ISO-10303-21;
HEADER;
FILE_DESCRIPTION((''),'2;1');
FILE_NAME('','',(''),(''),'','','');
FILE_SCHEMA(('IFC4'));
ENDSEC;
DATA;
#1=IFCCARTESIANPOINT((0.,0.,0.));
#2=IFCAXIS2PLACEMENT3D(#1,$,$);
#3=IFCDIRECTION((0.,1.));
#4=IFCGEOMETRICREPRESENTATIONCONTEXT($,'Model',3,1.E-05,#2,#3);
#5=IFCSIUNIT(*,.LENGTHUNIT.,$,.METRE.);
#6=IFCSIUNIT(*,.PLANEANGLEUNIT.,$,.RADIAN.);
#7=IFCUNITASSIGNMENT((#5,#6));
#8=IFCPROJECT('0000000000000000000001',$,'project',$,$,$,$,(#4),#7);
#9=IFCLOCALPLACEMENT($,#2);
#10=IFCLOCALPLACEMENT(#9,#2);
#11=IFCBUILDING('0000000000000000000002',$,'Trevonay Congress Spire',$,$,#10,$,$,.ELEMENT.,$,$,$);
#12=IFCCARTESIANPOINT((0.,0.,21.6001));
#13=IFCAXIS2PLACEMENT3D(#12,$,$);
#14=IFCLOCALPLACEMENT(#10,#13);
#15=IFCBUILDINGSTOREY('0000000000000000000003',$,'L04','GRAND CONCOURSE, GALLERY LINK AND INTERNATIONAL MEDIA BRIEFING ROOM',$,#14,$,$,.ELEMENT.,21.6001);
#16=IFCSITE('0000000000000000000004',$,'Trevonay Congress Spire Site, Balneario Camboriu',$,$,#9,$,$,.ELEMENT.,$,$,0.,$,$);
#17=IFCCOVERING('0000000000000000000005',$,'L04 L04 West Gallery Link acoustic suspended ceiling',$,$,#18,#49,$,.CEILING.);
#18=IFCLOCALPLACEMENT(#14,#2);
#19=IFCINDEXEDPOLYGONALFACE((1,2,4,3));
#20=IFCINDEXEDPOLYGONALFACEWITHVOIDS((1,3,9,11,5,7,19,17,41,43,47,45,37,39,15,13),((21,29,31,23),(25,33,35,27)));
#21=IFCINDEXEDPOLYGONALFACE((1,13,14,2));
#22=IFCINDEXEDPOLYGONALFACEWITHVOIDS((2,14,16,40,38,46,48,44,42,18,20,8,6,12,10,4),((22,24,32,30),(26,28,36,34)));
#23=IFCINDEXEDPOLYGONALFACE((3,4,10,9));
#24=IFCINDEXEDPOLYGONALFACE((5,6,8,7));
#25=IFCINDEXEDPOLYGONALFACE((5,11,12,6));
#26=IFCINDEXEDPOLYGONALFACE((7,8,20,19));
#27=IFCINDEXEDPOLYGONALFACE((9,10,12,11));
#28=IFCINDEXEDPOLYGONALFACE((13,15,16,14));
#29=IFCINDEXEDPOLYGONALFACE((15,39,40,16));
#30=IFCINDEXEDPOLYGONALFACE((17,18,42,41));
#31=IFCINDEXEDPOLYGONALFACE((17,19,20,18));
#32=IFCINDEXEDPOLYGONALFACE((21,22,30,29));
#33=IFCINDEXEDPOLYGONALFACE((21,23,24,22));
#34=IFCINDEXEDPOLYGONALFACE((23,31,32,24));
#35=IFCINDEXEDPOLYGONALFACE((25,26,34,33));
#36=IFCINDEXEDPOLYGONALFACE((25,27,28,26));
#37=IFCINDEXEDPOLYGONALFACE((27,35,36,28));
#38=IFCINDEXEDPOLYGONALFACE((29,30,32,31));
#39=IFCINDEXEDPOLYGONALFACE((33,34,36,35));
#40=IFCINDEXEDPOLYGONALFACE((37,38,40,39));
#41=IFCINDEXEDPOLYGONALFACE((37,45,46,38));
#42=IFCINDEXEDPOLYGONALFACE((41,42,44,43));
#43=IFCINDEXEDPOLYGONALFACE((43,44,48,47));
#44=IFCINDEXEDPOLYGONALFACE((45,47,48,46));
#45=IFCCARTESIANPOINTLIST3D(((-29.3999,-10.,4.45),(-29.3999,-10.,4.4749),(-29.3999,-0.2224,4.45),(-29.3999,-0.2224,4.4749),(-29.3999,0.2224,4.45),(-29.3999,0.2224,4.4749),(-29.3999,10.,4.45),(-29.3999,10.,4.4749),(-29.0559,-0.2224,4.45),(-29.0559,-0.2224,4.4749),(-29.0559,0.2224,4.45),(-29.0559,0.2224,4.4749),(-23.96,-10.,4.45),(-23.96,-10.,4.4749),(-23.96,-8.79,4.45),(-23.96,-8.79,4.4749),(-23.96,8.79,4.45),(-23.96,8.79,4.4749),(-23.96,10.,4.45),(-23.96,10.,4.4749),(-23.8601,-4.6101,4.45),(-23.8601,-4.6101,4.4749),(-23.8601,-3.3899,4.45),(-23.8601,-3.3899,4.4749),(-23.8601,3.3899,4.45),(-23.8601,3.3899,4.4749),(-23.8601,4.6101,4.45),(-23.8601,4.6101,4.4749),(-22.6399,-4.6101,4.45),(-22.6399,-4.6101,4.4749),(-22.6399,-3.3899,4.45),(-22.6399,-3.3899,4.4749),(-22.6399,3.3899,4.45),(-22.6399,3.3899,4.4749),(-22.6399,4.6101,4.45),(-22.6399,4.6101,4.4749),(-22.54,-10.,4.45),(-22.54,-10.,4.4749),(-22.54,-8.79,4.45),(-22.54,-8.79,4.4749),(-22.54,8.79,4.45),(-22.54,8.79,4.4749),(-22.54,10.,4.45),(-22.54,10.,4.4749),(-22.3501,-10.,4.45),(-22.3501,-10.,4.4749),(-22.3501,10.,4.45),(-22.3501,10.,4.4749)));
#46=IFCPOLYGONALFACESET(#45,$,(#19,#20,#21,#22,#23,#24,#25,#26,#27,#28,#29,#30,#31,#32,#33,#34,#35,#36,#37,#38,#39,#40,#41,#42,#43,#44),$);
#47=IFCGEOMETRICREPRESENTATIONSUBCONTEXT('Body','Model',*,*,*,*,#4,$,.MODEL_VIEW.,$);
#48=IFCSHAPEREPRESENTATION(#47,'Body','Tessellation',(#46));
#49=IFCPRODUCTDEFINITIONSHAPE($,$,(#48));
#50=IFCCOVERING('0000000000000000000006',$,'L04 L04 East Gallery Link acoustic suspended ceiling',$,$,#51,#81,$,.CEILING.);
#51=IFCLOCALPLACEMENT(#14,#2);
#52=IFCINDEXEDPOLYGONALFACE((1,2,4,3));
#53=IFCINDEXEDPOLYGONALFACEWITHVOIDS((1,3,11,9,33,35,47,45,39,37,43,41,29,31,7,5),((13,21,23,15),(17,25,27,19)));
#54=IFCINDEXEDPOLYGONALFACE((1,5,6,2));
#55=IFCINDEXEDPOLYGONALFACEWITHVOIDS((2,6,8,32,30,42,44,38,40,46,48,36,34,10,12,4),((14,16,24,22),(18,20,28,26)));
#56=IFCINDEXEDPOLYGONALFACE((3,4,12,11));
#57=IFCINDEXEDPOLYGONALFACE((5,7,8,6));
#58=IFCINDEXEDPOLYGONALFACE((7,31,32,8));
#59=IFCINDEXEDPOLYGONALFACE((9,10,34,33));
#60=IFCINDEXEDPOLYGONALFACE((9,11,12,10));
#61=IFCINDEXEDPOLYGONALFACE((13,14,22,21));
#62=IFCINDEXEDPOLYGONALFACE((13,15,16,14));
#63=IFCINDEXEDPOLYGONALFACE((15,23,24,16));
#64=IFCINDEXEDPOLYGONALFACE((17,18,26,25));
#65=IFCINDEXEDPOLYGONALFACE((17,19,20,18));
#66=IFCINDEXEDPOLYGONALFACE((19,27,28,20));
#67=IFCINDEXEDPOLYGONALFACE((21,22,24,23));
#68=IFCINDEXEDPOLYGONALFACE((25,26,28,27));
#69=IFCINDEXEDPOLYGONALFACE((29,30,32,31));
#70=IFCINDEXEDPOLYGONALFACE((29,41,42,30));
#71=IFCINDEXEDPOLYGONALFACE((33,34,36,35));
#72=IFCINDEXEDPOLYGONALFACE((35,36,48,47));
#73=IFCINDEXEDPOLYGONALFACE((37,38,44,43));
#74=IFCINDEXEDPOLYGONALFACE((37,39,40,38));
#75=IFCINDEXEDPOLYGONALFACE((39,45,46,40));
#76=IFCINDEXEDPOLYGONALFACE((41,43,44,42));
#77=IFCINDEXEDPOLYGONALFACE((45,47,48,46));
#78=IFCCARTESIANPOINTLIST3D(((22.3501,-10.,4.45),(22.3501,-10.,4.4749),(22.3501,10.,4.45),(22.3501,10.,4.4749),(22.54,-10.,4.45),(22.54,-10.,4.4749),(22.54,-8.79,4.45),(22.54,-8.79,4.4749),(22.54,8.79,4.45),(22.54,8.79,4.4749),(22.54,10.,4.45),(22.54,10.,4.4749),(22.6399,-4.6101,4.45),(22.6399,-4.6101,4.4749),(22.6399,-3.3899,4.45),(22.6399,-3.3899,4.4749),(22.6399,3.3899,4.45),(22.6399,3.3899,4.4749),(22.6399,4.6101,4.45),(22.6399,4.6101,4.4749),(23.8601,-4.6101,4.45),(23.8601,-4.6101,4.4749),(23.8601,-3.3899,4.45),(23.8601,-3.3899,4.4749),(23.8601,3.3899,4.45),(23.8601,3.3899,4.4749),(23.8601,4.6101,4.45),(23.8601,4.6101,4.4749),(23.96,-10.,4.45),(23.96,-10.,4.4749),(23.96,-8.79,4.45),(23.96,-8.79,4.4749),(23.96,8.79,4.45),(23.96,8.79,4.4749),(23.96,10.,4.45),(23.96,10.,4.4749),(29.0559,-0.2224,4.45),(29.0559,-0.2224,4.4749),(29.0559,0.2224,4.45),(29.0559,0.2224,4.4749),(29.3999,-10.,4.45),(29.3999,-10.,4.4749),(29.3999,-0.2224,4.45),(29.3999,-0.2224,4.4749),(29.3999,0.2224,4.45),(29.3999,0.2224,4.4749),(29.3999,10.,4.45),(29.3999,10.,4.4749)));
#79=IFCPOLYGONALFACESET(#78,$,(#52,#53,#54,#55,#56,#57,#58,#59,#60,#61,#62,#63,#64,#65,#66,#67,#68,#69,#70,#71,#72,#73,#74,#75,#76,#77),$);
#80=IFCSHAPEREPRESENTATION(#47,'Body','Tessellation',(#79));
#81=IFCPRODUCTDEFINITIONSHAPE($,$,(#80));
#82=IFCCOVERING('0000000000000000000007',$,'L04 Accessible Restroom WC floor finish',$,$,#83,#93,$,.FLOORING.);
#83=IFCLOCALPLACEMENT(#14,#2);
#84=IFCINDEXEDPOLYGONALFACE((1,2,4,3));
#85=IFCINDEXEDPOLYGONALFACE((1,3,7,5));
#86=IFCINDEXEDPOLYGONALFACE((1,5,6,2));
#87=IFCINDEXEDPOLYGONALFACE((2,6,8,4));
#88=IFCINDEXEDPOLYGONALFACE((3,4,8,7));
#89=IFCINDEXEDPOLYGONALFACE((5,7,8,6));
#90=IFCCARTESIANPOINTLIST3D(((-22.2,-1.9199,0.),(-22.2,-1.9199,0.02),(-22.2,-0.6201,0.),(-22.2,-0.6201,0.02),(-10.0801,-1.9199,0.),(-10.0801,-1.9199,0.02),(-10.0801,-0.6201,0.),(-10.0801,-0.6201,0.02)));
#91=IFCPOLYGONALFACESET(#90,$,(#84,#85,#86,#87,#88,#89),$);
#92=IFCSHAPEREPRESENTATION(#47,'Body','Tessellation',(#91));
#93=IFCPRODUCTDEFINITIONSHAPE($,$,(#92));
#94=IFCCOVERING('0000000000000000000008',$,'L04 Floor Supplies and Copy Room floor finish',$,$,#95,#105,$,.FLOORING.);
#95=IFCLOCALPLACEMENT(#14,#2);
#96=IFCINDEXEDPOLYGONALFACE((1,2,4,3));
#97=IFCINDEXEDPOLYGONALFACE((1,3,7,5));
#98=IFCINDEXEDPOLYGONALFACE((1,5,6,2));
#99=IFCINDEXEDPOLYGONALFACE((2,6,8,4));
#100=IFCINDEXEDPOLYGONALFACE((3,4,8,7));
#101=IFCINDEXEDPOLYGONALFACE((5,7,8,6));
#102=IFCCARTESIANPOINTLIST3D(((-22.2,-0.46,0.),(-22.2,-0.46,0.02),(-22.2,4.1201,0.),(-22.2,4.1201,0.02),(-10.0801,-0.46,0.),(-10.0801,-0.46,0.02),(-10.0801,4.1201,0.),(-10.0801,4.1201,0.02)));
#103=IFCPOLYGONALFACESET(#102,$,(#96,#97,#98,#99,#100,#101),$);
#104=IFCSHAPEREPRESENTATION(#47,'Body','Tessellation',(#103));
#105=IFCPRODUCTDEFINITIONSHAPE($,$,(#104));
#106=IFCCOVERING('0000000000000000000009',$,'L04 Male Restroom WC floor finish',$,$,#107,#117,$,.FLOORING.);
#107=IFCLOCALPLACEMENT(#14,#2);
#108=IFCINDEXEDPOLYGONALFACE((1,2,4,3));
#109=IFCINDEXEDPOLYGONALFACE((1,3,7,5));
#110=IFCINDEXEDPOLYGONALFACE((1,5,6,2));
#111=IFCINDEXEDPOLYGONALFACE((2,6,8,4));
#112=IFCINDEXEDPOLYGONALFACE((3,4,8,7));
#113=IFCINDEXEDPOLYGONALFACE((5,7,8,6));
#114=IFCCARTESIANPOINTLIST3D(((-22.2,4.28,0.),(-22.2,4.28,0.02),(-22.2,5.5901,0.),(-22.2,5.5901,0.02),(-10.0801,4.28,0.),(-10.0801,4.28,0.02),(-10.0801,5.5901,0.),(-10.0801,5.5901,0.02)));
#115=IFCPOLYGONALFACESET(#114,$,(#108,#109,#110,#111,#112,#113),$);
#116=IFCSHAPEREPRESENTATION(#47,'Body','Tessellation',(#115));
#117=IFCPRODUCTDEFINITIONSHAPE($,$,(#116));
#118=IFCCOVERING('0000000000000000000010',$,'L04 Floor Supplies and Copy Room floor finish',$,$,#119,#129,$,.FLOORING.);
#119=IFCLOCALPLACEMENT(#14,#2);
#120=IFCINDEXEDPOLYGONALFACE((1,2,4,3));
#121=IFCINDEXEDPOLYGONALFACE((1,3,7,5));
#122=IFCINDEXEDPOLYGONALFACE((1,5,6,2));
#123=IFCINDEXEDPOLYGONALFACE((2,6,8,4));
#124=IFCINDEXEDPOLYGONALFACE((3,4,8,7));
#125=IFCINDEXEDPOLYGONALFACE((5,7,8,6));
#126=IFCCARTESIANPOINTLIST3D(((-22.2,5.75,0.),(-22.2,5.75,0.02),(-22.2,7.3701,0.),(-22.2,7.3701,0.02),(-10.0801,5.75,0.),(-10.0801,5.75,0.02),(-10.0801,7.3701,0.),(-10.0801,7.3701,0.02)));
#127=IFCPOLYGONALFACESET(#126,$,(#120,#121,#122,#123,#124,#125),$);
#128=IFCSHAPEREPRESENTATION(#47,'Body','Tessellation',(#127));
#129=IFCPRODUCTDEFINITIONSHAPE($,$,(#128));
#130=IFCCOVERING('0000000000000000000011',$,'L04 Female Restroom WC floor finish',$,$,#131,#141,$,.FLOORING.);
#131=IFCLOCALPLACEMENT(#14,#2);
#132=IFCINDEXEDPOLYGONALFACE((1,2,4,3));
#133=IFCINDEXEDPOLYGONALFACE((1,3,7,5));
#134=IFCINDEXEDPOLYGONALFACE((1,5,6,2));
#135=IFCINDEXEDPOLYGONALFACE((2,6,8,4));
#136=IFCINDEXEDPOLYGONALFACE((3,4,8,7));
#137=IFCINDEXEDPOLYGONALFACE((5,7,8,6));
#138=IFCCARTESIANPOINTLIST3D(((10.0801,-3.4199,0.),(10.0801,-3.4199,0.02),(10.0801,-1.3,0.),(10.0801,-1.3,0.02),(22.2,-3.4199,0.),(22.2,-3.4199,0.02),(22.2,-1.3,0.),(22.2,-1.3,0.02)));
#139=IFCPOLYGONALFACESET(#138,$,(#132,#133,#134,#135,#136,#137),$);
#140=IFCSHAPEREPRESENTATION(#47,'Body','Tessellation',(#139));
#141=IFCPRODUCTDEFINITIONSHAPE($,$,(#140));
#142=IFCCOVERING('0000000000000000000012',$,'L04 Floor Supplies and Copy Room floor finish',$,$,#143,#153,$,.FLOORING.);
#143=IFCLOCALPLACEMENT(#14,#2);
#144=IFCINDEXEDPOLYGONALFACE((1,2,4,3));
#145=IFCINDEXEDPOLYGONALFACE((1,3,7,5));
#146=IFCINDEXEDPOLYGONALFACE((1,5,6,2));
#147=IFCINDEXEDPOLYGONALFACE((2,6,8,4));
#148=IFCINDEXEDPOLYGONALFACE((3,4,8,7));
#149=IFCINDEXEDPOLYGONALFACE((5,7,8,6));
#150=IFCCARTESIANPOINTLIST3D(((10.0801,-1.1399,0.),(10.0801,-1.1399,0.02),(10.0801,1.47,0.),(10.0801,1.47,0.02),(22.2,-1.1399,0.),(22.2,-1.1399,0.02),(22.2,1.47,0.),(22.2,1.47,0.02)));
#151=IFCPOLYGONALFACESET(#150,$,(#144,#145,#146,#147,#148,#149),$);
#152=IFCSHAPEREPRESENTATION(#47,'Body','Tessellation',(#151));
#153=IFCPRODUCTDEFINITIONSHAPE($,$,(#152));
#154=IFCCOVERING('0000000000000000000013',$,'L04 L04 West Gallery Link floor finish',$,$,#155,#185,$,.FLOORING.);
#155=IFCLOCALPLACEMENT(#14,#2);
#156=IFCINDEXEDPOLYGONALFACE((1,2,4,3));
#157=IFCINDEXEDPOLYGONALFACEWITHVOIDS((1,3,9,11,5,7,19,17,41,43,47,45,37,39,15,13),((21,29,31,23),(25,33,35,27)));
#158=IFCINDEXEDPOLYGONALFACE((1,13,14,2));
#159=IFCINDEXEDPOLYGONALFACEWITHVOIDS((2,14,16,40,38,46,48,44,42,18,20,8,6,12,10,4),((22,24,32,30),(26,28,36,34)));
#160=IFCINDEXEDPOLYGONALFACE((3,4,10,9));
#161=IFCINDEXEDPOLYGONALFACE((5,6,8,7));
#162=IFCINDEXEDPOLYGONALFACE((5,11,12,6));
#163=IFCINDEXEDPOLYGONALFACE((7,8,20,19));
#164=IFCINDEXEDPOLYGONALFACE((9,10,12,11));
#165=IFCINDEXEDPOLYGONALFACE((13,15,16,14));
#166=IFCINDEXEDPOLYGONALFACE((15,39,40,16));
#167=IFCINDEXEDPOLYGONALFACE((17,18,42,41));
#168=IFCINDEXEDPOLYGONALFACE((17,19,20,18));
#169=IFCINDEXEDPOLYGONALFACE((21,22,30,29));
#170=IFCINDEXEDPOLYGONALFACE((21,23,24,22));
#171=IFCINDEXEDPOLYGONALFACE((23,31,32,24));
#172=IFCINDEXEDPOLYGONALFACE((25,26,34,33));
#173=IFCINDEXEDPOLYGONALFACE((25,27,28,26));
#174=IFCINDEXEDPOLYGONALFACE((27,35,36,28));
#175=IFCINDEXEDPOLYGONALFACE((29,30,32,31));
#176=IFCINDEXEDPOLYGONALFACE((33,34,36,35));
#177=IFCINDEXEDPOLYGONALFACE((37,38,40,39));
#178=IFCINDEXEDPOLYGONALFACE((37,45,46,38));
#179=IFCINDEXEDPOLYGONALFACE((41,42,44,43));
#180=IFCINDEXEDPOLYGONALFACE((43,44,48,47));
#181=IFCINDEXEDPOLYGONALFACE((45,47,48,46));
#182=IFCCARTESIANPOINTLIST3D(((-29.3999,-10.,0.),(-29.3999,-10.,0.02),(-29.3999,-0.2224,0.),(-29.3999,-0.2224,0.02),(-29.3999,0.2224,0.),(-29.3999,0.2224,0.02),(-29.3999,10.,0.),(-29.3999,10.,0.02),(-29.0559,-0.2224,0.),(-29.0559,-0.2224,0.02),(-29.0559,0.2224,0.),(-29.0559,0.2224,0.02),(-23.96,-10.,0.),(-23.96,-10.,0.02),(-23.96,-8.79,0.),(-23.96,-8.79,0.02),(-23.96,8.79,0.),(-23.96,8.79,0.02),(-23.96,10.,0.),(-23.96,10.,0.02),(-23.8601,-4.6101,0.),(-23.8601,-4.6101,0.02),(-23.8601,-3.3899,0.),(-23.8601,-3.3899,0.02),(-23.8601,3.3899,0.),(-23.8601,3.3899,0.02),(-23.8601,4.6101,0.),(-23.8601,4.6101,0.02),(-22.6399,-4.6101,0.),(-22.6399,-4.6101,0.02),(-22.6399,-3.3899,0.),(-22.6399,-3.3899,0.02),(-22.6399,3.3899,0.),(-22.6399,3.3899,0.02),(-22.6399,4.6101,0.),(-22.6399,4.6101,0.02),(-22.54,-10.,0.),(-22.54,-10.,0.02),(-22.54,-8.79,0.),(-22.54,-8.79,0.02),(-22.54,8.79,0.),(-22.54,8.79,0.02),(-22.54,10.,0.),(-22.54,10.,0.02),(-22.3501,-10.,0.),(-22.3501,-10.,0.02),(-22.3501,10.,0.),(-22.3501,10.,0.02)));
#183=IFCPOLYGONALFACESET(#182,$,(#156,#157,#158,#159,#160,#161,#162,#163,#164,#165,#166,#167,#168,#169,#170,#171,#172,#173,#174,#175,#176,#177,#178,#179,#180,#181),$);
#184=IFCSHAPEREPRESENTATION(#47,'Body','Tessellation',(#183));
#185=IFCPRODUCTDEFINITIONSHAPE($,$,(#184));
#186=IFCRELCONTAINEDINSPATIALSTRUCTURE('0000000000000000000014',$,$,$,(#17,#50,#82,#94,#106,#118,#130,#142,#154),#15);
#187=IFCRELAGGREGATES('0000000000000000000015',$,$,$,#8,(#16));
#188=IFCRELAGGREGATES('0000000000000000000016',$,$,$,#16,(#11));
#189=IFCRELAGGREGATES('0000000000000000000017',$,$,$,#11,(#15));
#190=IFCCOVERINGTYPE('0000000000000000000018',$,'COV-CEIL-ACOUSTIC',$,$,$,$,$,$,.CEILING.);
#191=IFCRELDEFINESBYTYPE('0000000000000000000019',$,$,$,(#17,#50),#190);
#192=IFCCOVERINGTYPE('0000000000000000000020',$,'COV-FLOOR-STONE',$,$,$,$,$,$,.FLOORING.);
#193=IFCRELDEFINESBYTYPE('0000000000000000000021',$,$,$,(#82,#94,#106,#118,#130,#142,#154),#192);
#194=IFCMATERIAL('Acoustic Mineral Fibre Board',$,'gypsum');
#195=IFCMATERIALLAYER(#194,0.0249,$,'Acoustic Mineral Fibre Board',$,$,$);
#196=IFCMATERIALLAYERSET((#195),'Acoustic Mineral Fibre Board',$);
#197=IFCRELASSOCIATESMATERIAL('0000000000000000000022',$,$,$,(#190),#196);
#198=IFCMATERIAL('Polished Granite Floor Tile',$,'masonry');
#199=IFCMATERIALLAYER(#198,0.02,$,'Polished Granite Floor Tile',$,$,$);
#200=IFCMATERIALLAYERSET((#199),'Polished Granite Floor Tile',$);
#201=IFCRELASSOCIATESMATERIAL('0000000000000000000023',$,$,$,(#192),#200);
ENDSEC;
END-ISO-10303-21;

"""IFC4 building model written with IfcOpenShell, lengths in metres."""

from ifc_helpers import new_model, si_unit, direction, frame, origin, place, context, subcontext, project, spatial, polyline, outline, extrude, material, layer, layer_set, type_object, element, save


model = new_model("IFC4")

# Units and contexts
model_context = context("Model", 3, precision=1e-05, world=origin(), true_north=direction((0.0, 1.0)))
body_context = subcontext(model_context, "Body", "Model", "MODEL_VIEW")
ifc_project = project(units=[si_unit("LENGTHUNIT", "METRE"), si_unit("PLANEANGLEUNIT", "RADIAN")], contexts=[model_context])

# Site, building, storey
site_placement = place(None, origin())
site = spatial("IfcSite", under=ifc_project, at=site_placement, Name="Trevonay Congress Spire Site, Balneario Camboriu", CompositionType="ELEMENT", RefElevation=0.0)
building_placement = place(site_placement, origin())
building = spatial("IfcBuilding", under=site, at=building_placement, Name="Trevonay Congress Spire", CompositionType="ELEMENT")
storey_placement = place(building_placement, frame((0.0, 0.0, 21.6001)))
storey = spatial("IfcBuildingStorey", under=building, at=storey_placement, Name="L04", Description="GRAND CONCOURSE, GALLERY LINK AND INTERNATIONAL MEDIA BRIEFING ROOM", CompositionType="ELEMENT", Elevation=21.6001)

# Coverings
ifc_material_1 = material(Name="Acoustic Mineral Fibre Board", Category="gypsum")
ifc_layer_1 = layer(ifc_material_1, 0.0249, Name="Acoustic Mineral Fibre Board")
ifc_layer_set_1 = layer_set([ifc_layer_1], Name="Acoustic Mineral Fibre Board")
covering_type_1 = type_object("IfcCoveringType", Name="COV-CEIL-ACOUSTIC", PredefinedType="CEILING", material=ifc_layer_set_1)
covering_1_placement = place(storey_placement, frame((0.0, 0.0, 4.45)))
element("IfcCovering", 1, at=covering_1_placement, inside=storey, type_object=covering_type_1, Name="L04 L04 West Gallery Link acoustic suspended ceiling", PredefinedType="CEILING", context=body_context, shape_type="SweptSolid", body=[
    extrude(outline(polyline([(-29.3999, -10.0), (-29.3999, -0.2224), (-29.0559, -0.2224), (-29.0559, 0.2224), (-29.3999, 0.2224), (-29.3999, 10.0), (-23.96, 10.0), (-23.96, 8.79), (-22.54, 8.79), (-22.54, 10.0), (-22.3501, 10.0), (-22.3501, -10.0), (-22.54, -10.0), (-22.54, -8.79), (-23.96, -8.79), (-23.96, -10.0), (-29.3999, -10.0)]), holes=[polyline([(-23.8601, -3.3899), (-23.8601, -4.6101), (-22.6399, -4.6101), (-22.6399, -3.3899), (-23.8601, -3.3899)]), polyline([(-22.6399, 4.6101), (-23.8601, 4.6101), (-23.8601, 3.3899), (-22.6399, 3.3899), (-22.6399, 4.6101)])]), origin(), (0.0, 0.0, 1.0), 0.0249),
])
covering_2_placement = place(storey_placement, frame((0.0, 0.0, 4.45)))
element("IfcCovering", 2, at=covering_2_placement, inside=storey, type_object=covering_type_1, Name="L04 L04 East Gallery Link acoustic suspended ceiling", PredefinedType="CEILING", context=body_context, shape_type="SweptSolid", body=[
    extrude(outline(polyline([(22.3501, -10.0), (22.3501, 10.0), (22.54, 10.0), (22.54, 8.79), (23.96, 8.79), (23.96, 10.0), (29.3999, 10.0), (29.3999, 0.2224), (29.0559, 0.2224), (29.0559, -0.2224), (29.3999, -0.2224), (29.3999, -10.0), (23.96, -10.0), (23.96, -8.79), (22.54, -8.79), (22.54, -10.0), (22.3501, -10.0)]), holes=[polyline([(22.6399, -3.3899), (22.6399, -4.6101), (23.8601, -4.6101), (23.8601, -3.3899), (22.6399, -3.3899)]), polyline([(23.8601, 4.6101), (22.6399, 4.6101), (22.6399, 3.3899), (23.8601, 3.3899), (23.8601, 4.6101)])]), origin(), (0.0, 0.0, 1.0), 0.0249),
])
ifc_material_2 = material(Name="Polished Granite Floor Tile", Category="masonry")
ifc_layer_2 = layer(ifc_material_2, 0.02, Name="Polished Granite Floor Tile")
ifc_layer_set_2 = layer_set([ifc_layer_2], Name="Polished Granite Floor Tile")
covering_type_2 = type_object("IfcCoveringType", Name="COV-FLOOR-STONE", PredefinedType="FLOORING", material=ifc_layer_set_2)
covering_3_placement = place(storey_placement, origin())
element("IfcCovering", 3, at=covering_3_placement, inside=storey, type_object=covering_type_2, Name="L04 Accessible Restroom WC floor finish", PredefinedType="FLOORING", context=body_context, shape_type="SweptSolid", body=[
    extrude(outline(polyline([(-22.2, -1.9199), (-10.0801, -1.9199), (-10.0801, -0.6201), (-22.2, -0.6201), (-22.2, -1.9199)])), origin(), (0.0, 0.0, 1.0), 0.02),
])
covering_4_placement = place(storey_placement, origin())
element("IfcCovering", 4, at=covering_4_placement, inside=storey, type_object=covering_type_2, Name="L04 Floor Supplies and Copy Room floor finish", PredefinedType="FLOORING", context=body_context, shape_type="SweptSolid", body=[
    extrude(outline(polyline([(-22.2, -0.46), (-10.0801, -0.46), (-10.0801, 4.1201), (-22.2, 4.1201), (-22.2, -0.46)])), origin(), (0.0, 0.0, 1.0), 0.02),
])
covering_5_placement = place(storey_placement, origin())
element("IfcCovering", 5, at=covering_5_placement, inside=storey, type_object=covering_type_2, Name="L04 Male Restroom WC floor finish", PredefinedType="FLOORING", context=body_context, shape_type="SweptSolid", body=[
    extrude(outline(polyline([(-22.2, 4.28), (-10.0801, 4.28), (-10.0801, 5.5901), (-22.2, 5.5901), (-22.2, 4.28)])), origin(), (0.0, 0.0, 1.0), 0.02),
])
covering_6_placement = place(storey_placement, origin())
element("IfcCovering", 6, at=covering_6_placement, inside=storey, type_object=covering_type_2, Name="L04 Floor Supplies and Copy Room floor finish", PredefinedType="FLOORING", context=body_context, shape_type="SweptSolid", body=[
    extrude(outline(polyline([(-22.2, 5.75), (-10.0801, 5.75), (-10.0801, 7.3701), (-22.2, 7.3701), (-22.2, 5.75)])), origin(), (0.0, 0.0, 1.0), 0.02),
])
covering_7_placement = place(storey_placement, origin())
element("IfcCovering", 7, at=covering_7_placement, inside=storey, type_object=covering_type_2, Name="L04 Female Restroom WC floor finish", PredefinedType="FLOORING", context=body_context, shape_type="SweptSolid", body=[
    extrude(outline(polyline([(10.0801, -3.4199), (22.2, -3.4199), (22.2, -1.3), (10.0801, -1.3), (10.0801, -3.4199)])), origin(), (0.0, 0.0, 1.0), 0.02),
])
covering_8_placement = place(storey_placement, origin())
element("IfcCovering", 8, at=covering_8_placement, inside=storey, type_object=covering_type_2, Name="L04 Floor Supplies and Copy Room floor finish", PredefinedType="FLOORING", context=body_context, shape_type="SweptSolid", body=[
    extrude(outline(polyline([(10.0801, -1.1399), (22.2, -1.1399), (22.2, 1.47), (10.0801, 1.47), (10.0801, -1.1399)])), origin(), (0.0, 0.0, 1.0), 0.02),
])
covering_9_placement = place(storey_placement, origin())
element("IfcCovering", 9, at=covering_9_placement, inside=storey, type_object=covering_type_2, Name="L04 L04 West Gallery Link floor finish", PredefinedType="FLOORING", context=body_context, shape_type="SweptSolid", body=[
    extrude(outline(polyline([(-29.3999, -10.0), (-29.3999, -0.2224), (-29.0559, -0.2224), (-29.0559, 0.2224), (-29.3999, 0.2224), (-29.3999, 10.0), (-23.96, 10.0), (-23.96, 8.79), (-22.54, 8.79), (-22.54, 10.0), (-22.3501, 10.0), (-22.3501, -10.0), (-22.54, -10.0), (-22.54, -8.79), (-23.96, -8.79), (-23.96, -10.0), (-29.3999, -10.0)]), holes=[polyline([(-23.8601, -3.3899), (-23.8601, -4.6101), (-22.6399, -4.6101), (-22.6399, -3.3899), (-23.8601, -3.3899)]), polyline([(-22.6399, 4.6101), (-23.8601, 4.6101), (-23.8601, 3.3899), (-22.6399, 3.3899), (-22.6399, 4.6101)])]), origin(), (0.0, 0.0, 1.0), 0.02),
])

save(model, "model.ifc")
